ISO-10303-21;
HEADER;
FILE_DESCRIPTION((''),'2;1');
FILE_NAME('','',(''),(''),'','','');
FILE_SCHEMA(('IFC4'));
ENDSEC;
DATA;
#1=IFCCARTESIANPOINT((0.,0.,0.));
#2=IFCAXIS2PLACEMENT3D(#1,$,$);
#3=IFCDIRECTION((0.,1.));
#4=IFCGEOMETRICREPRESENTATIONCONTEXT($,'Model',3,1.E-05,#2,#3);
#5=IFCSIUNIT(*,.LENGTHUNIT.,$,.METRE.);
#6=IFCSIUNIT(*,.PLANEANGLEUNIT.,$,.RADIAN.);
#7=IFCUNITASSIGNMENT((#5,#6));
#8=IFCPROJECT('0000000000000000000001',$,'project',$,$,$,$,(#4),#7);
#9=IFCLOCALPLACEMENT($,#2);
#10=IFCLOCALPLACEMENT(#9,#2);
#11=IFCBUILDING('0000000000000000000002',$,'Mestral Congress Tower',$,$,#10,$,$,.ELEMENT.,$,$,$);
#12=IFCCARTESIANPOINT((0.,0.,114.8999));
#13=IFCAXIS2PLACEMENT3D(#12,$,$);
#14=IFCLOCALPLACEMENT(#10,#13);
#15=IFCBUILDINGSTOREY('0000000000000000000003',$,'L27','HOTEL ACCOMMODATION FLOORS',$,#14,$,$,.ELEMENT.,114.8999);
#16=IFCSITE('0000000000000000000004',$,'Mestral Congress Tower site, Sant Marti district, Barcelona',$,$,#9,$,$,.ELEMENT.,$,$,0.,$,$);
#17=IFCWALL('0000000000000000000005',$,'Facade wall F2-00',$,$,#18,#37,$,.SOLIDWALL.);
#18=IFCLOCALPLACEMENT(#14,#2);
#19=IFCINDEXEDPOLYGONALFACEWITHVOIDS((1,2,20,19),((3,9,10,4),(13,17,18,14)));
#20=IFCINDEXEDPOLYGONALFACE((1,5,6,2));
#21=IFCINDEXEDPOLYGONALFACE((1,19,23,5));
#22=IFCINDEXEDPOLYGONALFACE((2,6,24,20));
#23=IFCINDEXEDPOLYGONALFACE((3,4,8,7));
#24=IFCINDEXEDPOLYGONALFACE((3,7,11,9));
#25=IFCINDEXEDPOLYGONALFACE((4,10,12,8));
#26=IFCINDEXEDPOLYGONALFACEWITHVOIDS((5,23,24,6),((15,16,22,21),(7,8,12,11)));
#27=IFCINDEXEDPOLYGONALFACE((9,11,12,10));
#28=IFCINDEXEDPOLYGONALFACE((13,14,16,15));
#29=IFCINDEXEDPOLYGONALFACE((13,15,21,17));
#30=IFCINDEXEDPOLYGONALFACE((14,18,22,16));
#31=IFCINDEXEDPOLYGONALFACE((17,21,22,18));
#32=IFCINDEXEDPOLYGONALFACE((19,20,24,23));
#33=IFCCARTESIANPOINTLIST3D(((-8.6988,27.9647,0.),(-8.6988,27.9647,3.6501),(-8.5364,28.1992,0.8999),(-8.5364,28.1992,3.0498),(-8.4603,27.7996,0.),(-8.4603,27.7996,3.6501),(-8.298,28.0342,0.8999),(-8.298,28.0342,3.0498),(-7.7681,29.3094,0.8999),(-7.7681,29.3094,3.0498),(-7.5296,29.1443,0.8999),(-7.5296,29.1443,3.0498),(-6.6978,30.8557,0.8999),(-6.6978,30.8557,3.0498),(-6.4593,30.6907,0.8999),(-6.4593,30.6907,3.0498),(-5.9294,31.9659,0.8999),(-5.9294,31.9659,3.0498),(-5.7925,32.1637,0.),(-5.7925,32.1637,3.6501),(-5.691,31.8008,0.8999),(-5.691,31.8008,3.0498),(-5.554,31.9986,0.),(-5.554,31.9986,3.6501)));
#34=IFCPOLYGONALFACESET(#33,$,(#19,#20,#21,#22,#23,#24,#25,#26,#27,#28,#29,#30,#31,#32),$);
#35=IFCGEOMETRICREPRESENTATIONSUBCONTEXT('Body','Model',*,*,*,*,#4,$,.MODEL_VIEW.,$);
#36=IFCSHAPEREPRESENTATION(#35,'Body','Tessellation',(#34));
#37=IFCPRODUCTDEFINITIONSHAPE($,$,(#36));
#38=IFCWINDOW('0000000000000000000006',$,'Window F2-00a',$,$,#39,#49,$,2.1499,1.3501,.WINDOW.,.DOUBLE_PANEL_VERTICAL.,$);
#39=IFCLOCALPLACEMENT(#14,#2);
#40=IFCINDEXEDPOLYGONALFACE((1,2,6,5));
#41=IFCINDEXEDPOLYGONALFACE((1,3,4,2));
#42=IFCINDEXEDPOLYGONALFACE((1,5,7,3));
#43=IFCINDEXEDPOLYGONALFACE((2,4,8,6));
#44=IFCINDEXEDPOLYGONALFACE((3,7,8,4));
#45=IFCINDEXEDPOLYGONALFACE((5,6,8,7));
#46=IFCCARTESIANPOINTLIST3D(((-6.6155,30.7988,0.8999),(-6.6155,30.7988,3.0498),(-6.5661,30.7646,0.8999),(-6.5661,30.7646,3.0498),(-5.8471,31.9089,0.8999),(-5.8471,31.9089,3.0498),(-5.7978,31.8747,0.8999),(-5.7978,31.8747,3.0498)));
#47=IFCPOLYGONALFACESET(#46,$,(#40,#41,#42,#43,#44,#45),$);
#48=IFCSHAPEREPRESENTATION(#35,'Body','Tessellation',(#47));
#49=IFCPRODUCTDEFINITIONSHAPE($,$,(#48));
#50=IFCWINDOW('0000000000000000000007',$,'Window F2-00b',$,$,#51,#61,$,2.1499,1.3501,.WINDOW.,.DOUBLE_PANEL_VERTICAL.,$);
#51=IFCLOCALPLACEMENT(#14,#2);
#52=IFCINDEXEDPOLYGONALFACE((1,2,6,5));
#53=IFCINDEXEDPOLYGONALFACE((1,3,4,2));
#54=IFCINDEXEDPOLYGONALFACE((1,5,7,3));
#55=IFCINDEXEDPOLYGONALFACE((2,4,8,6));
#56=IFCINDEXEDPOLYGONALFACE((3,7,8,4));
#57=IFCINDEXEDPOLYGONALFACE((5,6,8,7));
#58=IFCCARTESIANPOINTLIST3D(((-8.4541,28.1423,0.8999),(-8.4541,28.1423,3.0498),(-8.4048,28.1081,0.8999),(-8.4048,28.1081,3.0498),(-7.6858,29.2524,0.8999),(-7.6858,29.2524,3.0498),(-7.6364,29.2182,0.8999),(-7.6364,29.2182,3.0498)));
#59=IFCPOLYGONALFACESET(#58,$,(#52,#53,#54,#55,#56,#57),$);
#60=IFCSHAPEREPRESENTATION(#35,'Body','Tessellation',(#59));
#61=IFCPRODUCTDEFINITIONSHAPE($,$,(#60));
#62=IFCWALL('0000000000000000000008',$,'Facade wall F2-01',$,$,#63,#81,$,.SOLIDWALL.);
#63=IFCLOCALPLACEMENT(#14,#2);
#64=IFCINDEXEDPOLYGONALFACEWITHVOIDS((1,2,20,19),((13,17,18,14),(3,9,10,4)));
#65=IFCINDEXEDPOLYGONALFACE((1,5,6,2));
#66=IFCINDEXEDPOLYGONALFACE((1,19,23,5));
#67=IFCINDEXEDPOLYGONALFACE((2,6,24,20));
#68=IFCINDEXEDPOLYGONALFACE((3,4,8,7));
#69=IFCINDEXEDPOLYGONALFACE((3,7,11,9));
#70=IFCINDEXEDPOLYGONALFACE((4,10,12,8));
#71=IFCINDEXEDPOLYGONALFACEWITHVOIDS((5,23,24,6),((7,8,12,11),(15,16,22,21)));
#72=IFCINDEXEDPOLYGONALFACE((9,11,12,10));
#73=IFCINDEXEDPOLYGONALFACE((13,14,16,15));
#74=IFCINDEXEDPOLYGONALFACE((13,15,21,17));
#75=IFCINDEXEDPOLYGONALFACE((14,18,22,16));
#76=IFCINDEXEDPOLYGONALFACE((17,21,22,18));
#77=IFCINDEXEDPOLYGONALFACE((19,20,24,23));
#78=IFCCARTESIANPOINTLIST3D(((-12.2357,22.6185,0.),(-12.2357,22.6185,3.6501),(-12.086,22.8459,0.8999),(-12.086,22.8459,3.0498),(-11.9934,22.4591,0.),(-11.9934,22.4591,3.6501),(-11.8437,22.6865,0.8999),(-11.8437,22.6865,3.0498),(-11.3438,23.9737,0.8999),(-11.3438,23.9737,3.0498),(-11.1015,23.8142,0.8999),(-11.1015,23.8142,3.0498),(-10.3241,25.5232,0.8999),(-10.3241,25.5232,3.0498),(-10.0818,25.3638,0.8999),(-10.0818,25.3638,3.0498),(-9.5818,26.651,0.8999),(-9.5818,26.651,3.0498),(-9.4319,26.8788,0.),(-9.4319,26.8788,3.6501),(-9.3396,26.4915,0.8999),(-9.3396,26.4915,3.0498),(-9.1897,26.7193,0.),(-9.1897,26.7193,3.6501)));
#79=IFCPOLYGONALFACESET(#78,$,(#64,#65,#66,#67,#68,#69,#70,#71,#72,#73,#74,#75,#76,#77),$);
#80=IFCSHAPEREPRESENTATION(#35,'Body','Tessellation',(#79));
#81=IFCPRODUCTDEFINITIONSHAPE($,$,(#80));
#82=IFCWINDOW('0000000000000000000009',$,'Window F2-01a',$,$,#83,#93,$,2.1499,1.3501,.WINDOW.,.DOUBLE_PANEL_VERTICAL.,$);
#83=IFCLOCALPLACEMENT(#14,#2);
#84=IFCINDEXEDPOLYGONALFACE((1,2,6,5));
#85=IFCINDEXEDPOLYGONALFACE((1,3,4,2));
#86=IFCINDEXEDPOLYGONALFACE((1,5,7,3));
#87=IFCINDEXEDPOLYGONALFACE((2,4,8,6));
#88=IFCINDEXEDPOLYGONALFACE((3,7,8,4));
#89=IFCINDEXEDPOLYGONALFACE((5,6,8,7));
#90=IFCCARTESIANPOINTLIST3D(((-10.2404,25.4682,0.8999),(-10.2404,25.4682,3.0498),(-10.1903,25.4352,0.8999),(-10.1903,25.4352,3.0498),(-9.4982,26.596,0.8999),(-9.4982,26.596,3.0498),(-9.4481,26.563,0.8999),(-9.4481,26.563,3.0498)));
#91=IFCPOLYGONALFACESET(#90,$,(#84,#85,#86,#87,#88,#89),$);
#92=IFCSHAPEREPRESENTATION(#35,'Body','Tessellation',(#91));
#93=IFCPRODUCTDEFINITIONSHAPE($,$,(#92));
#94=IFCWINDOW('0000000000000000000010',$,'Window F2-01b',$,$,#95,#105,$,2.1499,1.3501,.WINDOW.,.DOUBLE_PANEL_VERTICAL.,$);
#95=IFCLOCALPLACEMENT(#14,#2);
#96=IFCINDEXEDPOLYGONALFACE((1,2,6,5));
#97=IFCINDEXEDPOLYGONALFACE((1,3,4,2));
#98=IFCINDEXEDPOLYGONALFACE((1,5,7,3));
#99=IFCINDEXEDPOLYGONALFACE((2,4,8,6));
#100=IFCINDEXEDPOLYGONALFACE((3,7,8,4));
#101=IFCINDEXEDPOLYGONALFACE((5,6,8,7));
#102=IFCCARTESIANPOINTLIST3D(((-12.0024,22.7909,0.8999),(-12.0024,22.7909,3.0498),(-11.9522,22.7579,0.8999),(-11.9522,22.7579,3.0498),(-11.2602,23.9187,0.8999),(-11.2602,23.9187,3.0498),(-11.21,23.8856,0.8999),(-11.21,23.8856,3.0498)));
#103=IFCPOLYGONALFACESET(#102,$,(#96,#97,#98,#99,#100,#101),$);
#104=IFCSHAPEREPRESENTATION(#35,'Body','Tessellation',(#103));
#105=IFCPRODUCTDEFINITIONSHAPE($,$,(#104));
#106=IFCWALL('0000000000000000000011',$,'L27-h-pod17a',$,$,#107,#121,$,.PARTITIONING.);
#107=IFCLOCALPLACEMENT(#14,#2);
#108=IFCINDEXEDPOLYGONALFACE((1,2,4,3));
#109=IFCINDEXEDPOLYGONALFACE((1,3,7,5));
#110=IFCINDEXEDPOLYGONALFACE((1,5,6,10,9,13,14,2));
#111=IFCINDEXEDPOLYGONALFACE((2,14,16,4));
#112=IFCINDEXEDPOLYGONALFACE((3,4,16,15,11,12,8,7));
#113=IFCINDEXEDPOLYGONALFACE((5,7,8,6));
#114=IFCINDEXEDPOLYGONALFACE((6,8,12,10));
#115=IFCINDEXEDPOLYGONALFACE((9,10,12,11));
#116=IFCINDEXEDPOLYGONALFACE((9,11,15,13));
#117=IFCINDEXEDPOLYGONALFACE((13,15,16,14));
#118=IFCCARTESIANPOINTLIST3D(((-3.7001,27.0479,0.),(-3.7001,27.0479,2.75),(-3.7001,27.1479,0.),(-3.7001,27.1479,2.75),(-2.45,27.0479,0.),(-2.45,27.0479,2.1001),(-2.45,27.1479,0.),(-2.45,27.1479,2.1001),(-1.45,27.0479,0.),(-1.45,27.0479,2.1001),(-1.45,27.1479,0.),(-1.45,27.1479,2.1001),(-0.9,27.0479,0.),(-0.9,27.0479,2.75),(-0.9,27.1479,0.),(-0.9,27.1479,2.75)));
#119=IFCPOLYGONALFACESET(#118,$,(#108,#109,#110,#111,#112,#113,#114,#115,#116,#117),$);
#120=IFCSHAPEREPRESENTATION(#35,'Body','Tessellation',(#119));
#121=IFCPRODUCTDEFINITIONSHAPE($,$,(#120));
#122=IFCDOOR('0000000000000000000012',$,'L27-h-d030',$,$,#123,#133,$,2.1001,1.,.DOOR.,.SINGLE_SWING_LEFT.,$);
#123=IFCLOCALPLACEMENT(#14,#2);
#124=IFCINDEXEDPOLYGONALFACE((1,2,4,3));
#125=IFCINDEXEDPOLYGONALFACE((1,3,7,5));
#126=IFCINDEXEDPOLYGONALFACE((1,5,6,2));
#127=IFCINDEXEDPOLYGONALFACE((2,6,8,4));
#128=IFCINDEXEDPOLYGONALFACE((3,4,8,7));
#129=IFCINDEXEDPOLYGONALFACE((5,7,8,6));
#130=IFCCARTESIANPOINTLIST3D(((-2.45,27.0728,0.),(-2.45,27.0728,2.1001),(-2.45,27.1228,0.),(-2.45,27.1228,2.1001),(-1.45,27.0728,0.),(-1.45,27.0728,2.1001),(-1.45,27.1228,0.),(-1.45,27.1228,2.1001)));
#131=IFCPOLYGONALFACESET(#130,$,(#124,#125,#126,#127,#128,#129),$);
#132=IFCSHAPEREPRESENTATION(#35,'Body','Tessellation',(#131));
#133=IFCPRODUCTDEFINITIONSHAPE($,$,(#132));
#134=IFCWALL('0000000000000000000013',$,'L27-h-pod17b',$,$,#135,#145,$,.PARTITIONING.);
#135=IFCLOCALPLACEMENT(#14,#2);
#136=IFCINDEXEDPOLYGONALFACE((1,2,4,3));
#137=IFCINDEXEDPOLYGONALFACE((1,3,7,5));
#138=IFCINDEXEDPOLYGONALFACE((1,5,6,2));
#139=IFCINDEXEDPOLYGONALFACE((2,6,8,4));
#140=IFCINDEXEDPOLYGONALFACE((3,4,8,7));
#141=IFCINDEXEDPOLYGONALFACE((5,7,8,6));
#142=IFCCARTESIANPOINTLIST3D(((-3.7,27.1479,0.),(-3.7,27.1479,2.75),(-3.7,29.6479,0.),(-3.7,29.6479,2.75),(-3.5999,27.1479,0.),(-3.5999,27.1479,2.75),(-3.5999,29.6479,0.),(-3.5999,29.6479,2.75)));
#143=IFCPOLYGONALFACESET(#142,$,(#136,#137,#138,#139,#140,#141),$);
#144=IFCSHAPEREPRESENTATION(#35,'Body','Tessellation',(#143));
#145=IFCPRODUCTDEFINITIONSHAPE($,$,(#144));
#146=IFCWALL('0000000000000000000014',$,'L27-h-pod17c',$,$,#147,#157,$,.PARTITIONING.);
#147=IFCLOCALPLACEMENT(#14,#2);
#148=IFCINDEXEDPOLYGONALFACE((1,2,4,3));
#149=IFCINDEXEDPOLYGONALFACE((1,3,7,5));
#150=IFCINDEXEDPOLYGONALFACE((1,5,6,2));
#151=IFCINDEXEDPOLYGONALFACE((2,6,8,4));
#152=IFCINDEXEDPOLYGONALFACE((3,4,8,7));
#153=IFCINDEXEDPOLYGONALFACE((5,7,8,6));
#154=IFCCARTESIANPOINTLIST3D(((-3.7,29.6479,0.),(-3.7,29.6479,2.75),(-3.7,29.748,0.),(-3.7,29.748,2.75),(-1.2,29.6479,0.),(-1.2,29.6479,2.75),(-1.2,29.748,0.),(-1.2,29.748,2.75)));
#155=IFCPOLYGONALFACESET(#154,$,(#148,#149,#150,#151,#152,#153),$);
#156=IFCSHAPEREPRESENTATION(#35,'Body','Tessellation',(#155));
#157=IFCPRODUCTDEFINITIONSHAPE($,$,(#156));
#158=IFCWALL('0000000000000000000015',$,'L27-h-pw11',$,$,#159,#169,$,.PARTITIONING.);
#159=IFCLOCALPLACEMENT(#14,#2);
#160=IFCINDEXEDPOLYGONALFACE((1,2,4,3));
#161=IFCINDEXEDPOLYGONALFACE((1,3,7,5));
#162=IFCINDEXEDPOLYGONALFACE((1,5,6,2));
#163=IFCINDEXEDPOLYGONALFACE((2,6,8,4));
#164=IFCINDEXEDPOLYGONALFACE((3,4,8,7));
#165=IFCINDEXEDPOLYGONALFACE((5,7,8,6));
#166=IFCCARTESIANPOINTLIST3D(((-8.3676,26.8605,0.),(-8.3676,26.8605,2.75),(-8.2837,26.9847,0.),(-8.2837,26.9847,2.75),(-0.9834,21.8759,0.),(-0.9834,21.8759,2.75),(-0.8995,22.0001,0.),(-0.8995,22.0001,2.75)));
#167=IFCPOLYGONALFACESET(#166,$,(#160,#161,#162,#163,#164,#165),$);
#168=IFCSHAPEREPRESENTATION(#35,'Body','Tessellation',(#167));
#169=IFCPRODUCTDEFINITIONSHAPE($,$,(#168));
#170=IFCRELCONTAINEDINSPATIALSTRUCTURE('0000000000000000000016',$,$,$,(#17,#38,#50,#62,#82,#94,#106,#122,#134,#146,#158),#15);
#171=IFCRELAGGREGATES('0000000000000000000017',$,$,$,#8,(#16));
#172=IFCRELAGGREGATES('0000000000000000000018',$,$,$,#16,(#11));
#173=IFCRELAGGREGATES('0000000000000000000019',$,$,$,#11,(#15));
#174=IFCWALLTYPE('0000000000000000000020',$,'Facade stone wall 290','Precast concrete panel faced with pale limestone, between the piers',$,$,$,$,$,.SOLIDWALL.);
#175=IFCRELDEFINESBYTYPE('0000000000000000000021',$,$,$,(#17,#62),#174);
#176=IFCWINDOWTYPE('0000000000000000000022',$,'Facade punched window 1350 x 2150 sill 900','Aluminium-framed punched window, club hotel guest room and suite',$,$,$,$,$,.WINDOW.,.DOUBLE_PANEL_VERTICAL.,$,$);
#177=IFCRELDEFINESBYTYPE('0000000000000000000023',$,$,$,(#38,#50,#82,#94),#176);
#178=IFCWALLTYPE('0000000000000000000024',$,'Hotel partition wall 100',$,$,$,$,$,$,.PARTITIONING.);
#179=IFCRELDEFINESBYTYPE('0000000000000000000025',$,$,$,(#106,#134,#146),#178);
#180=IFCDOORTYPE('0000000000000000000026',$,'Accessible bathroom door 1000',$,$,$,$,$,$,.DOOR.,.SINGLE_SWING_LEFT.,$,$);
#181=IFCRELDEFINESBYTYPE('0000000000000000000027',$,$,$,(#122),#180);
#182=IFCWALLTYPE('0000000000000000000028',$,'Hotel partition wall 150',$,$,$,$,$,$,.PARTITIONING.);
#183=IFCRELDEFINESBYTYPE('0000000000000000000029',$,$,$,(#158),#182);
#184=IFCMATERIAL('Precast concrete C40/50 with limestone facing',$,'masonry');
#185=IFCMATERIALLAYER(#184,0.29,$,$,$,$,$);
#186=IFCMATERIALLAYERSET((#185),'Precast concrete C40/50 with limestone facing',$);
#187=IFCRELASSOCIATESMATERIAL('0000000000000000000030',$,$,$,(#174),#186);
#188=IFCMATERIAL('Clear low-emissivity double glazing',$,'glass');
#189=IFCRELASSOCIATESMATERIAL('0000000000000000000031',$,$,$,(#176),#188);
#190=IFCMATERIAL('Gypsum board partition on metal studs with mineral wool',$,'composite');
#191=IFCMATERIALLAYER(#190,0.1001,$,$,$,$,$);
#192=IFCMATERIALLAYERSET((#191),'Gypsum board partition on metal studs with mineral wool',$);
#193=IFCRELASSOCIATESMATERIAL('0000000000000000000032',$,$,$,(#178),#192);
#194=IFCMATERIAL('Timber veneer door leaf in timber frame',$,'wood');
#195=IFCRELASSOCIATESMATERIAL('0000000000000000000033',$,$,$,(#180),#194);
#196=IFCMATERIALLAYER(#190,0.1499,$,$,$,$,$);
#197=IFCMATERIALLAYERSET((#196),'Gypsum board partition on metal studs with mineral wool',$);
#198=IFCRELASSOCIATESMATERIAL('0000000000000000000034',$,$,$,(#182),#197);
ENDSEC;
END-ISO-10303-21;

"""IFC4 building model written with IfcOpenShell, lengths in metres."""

from ifc_helpers import new_model, si_unit, direction, frame, frame_2d, origin, place, context, subcontext, project, spatial, rectangle, extrude, material, layer, layer_set, type_object, element, fill, save


model = new_model("IFC4")

# Units and contexts
model_context = context("Model", 3, precision=1e-05, world=origin(), true_north=direction((0.0, 1.0)))
body_context = subcontext(model_context, "Body", "Model", "MODEL_VIEW")
ifc_project = project(units=[si_unit("LENGTHUNIT", "METRE"), si_unit("PLANEANGLEUNIT", "RADIAN")], contexts=[model_context])

# Site, building, storey
site_placement = place(None, origin())
site = spatial("IfcSite", under=ifc_project, at=site_placement, Name="Mestral Congress Tower site, Sant Marti district, Barcelona", CompositionType="ELEMENT", RefElevation=0.0)
building_placement = place(site_placement, origin())
building = spatial("IfcBuilding", under=site, at=building_placement, Name="Mestral Congress Tower", CompositionType="ELEMENT")
storey_placement = place(building_placement, frame((0.0, 0.0, 114.8999)))
storey = spatial("IfcBuildingStorey", under=building, at=storey_placement, Name="L27", Description="HOTEL ACCOMMODATION FLOORS", CompositionType="ELEMENT", Elevation=114.8999)

# Shared definitions
ifc_material_1 = material(Name="Precast concrete C40/50 with limestone facing", Category="masonry")
ifc_layer_1 = layer(ifc_material_1, 0.29)
ifc_layer_set_1 = layer_set([ifc_layer_1], Name="Precast concrete C40/50 with limestone facing")
wall_type_1 = type_object("IfcWallType", Name="Facade stone wall 290", Description="Precast concrete panel faced with pale limestone, between the piers", PredefinedType="SOLIDWALL", material=ifc_layer_set_1)

# Shared definitions
ifc_material_2 = material(Name="Clear low-emissivity double glazing", Category="glass")

# Walls, openings, windows
wall_1_placement = place(storey_placement, frame((-5.6733, 32.0811, 0.0), z_axis=(0.0, 0.0, 1.0), x_axis=(-0.569113, -0.822259, 0.0)))
wall_1 = element("IfcWall", 1, at=wall_1_placement, inside=storey, type_object=wall_type_1, Name="Facade wall F2-00", PredefinedType="SOLIDWALL", context=body_context, shape_type="SweptSolid", body=[
    extrude(rectangle(XDim=5.1067, YDim=0.29, at=frame_2d((2.5532, 0.0))), origin(), (0.0, 0.0, 1.0), 3.6501),
])
opening_1_placement = place(wall_1_placement, frame((0.2405, 0.0, 0.8999)))
opening_1 = element("IfcOpeningElement", 2, at=opening_1_placement, cuts=wall_1, PredefinedType="OPENING", context=body_context, shape_type="SweptSolid", body=[
    extrude(rectangle(XDim=1.3501, YDim=2.1499, at=frame_2d((0.675, 1.075))), frame((0.0, 0.155, 0.0), z_axis=(0.0, -1.0, 0.0), x_axis=(1.0, 0.0, 0.0)), (0.0, 0.0, 1.0), 0.3101),
])
opening_2_placement = place(wall_1_placement, frame((3.4712, 0.0, 0.8999)))
opening_2 = element("IfcOpeningElement", 3, at=opening_2_placement, cuts=wall_1, PredefinedType="OPENING", context=body_context, shape_type="SweptSolid", body=[
    extrude(rectangle(XDim=1.3501, YDim=2.1499, at=frame_2d((0.675, 1.075))), frame((0.0, 0.155, 0.0), z_axis=(0.0, -1.0, 0.0), x_axis=(1.0, 0.0, 0.0)), (0.0, 0.0, 1.0), 0.3101),
])
window_type_1 = type_object("IfcWindowType", Name="Facade punched window 1350 x 2150 sill 900", Description="Aluminium-framed punched window, club hotel guest room and suite", PartitioningType="DOUBLE_PANEL_VERTICAL", PredefinedType="WINDOW", material=ifc_material_2)
window_1_placement = place(opening_1_placement, origin())
window_1 = element("IfcWindow", 4, at=window_1_placement, inside=storey, type_object=window_type_1, Name="Window F2-00a", OverallHeight=2.1499, OverallWidth=1.3501, PartitioningType="DOUBLE_PANEL_VERTICAL", PredefinedType="WINDOW", context=body_context, shape_type="SweptSolid", body=[
    extrude(rectangle(XDim=1.3501, YDim=2.1499, at=frame_2d((0.675, 1.075))), frame((0.0, 0.0151, 0.0), z_axis=(0.0, -1.0, 0.0), x_axis=(1.0, 0.0, 0.0)), (0.0, 0.0, 1.0), 0.0601),
])
fill(opening_1, window_1)
window_2_placement = place(opening_2_placement, origin())
window_2 = element("IfcWindow", 5, at=window_2_placement, inside=storey, type_object=window_type_1, Name="Window F2-00b", OverallHeight=2.1499, OverallWidth=1.3501, PartitioningType="DOUBLE_PANEL_VERTICAL", PredefinedType="WINDOW", context=body_context, shape_type="SweptSolid", body=[
    extrude(rectangle(XDim=1.3501, YDim=2.1499, at=frame_2d((0.675, 1.075))), frame((0.0, 0.0151, 0.0), z_axis=(0.0, -1.0, 0.0), x_axis=(1.0, 0.0, 0.0)), (0.0, 0.0, 1.0), 0.0601),
])
fill(opening_2, window_2)
wall_2_placement = place(storey_placement, frame((-9.3108, 26.7991, 0.0), z_axis=(0.0, 0.0, 1.0), x_axis=(-0.549741, -0.835335, 0.0)))
wall_2 = element("IfcWall", 6, at=wall_2_placement, inside=storey, type_object=wall_type_1, Name="Facade wall F2-01", PredefinedType="SOLIDWALL", context=body_context, shape_type="SweptSolid", body=[
    extrude(rectangle(XDim=5.1001, YDim=0.29, at=frame_2d((2.55, 0.0))), origin(), (0.0, 0.0, 1.0), 3.6501),
])
opening_3_placement = place(wall_2_placement, frame((0.2727, 0.0, 0.8999)))
opening_3 = element("IfcOpeningElement", 7, at=opening_3_placement, cuts=wall_2, PredefinedType="OPENING", context=body_context, shape_type="SweptSolid", body=[
    extrude(rectangle(XDim=1.3501, YDim=2.1499, at=frame_2d((0.675, 1.075))), frame((0.0, 0.155, 0.0), z_axis=(0.0, -1.0, 0.0), x_axis=(1.0, 0.0, 0.0)), (0.0, 0.0, 1.0), 0.3101),
])
opening_4_placement = place(wall_2_placement, frame((3.4778, 0.0, 0.8999)))
opening_4 = element("IfcOpeningElement", 8, at=opening_4_placement, cuts=wall_2, PredefinedType="OPENING", context=body_context, shape_type="SweptSolid", body=[
    extrude(rectangle(XDim=1.3501, YDim=2.1499, at=frame_2d((0.675, 1.075))), frame((0.0, 0.155, 0.0), z_axis=(0.0, -1.0, 0.0), x_axis=(1.0, 0.0, 0.0)), (0.0, 0.0, 1.0), 0.3101),
])
window_3_placement = place(opening_3_placement, origin())
window_3 = element("IfcWindow", 9, at=window_3_placement, inside=storey, type_object=window_type_1, Name="Window F2-01a", OverallHeight=2.1499, OverallWidth=1.3501, PartitioningType="DOUBLE_PANEL_VERTICAL", PredefinedType="WINDOW", context=body_context, shape_type="SweptSolid", body=[
    extrude(rectangle(XDim=1.3501, YDim=2.1499, at=frame_2d((0.675, 1.075))), frame((0.0, 0.0151, 0.0), z_axis=(0.0, -1.0, 0.0), x_axis=(1.0, 0.0, 0.0)), (0.0, 0.0, 1.0), 0.0601),
])
fill(opening_3, window_3)
window_4_placement = place(opening_4_placement, origin())
window_4 = element("IfcWindow", 10, at=window_4_placement, inside=storey, type_object=window_type_1, Name="Window F2-01b", OverallHeight=2.1499, OverallWidth=1.3501, PartitioningType="DOUBLE_PANEL_VERTICAL", PredefinedType="WINDOW", context=body_context, shape_type="SweptSolid", body=[
    extrude(rectangle(XDim=1.3501, YDim=2.1499, at=frame_2d((0.675, 1.075))), frame((0.0, 0.0151, 0.0), z_axis=(0.0, -1.0, 0.0), x_axis=(1.0, 0.0, 0.0)), (0.0, 0.0, 1.0), 0.0601),
])
fill(opening_4, window_4)

# Wall, opening, door
ifc_material_3 = material(Name="Gypsum board partition on metal studs with mineral wool", Category="composite")
ifc_layer_2 = layer(ifc_material_3, 0.1001)
ifc_layer_set_2 = layer_set([ifc_layer_2], Name="Gypsum board partition on metal studs with mineral wool")
wall_type_2 = type_object("IfcWallType", Name="Hotel partition wall 100", PredefinedType="PARTITIONING", material=ifc_layer_set_2)
wall_3_placement = place(storey_placement, frame((-3.7, 27.0979, 0.0), z_axis=(0.0, 0.0, 1.0), x_axis=(1.0, 0.0, 0.0)))
wall_3 = element("IfcWall", 11, at=wall_3_placement, inside=storey, type_object=wall_type_2, Name="L27-h-pod17a", PredefinedType="PARTITIONING", context=body_context, shape_type="SweptSolid", body=[
    extrude(rectangle(XDim=2.8, YDim=0.1001, at=frame_2d((1.3999, 0.0))), origin(), (0.0, 0.0, 1.0), 2.75),
])
opening_5_placement = place(wall_3_placement, frame((1.25, 0.0, 0.0)))
opening_5 = element("IfcOpeningElement", 12, at=opening_5_placement, cuts=wall_3, PredefinedType="OPENING", context=body_context, shape_type="SweptSolid", body=[
    extrude(rectangle(XDim=1.0, YDim=2.1001, at=frame_2d((0.5, 1.05))), frame((0.0, 0.0601, 0.0), z_axis=(0.0, -1.0, 0.0), x_axis=(1.0, 0.0, 0.0)), (0.0, 0.0, 1.0), 0.1201),
])
ifc_material_4 = material(Name="Timber veneer door leaf in timber frame", Category="wood")
door_type = type_object("IfcDoorType", Name="Accessible bathroom door 1000", OperationType="SINGLE_SWING_LEFT", PredefinedType="DOOR", material=ifc_material_4)
door_placement = place(opening_5_placement, origin())
door = element("IfcDoor", 13, at=door_placement, inside=storey, type_object=door_type, Name="L27-h-d030", OperationType="SINGLE_SWING_LEFT", OverallHeight=2.1001, OverallWidth=1.0, PredefinedType="DOOR", context=body_context, shape_type="SweptSolid", body=[
    extrude(rectangle(XDim=1.0, YDim=2.1001, at=frame_2d((0.5, 1.05))), frame((0.0, 0.0249, 0.0), z_axis=(0.0, -1.0, 0.0), x_axis=(1.0, 0.0, 0.0)), (0.0, 0.0, 1.0), 0.05),
])
fill(opening_5, door)

# Walls
for number, where, z_axis, x_axis, name in (
    (14, (-3.6499, 27.1479, 0.0), (0.0, 0.0, 1.0), (0.0, 1.0, 0.0), "L27-h-pod17b"),
    (15, (-1.2, 29.698, 0.0), (0.0, 0.0, 1.0), (-1.0, 0.0, 0.0), "L27-h-pod17c"),
):
    element("IfcWall", number, at=place(storey_placement, frame(where, z_axis=z_axis, x_axis=x_axis)), inside=storey, type_object=wall_type_2, Name=name, PredefinedType="PARTITIONING", context=body_context, shape_type="SweptSolid", body=[
        extrude(rectangle(XDim=2.5, YDim=0.1001, at=frame_2d((1.25, 0.0))), origin(), (0.0, 0.0, 1.0), 2.75),
    ])
ifc_layer_3 = layer(ifc_material_3, 0.1499)
ifc_layer_set_3 = layer_set([ifc_layer_3], Name="Gypsum board partition on metal studs with mineral wool")
wall_type_3 = type_object("IfcWallType", Name="Hotel partition wall 150", PredefinedType="PARTITIONING", material=ifc_layer_set_3)
wall_4_placement = place(storey_placement, frame((-8.3257, 26.9226, 0.0), z_axis=(0.0, 0.0, 1.0), x_axis=(0.828837, -0.559491, 0.0)))
element("IfcWall", 16, at=wall_4_placement, inside=storey, type_object=wall_type_3, Name="L27-h-pw11", PredefinedType="PARTITIONING", context=body_context, shape_type="SweptSolid", body=[
    extrude(rectangle(XDim=8.9092, YDim=0.1499, at=frame_2d((4.4546, 0.0))), origin(), (0.0, 0.0, 1.0), 2.75),
])

save(model, "model.ifc")
